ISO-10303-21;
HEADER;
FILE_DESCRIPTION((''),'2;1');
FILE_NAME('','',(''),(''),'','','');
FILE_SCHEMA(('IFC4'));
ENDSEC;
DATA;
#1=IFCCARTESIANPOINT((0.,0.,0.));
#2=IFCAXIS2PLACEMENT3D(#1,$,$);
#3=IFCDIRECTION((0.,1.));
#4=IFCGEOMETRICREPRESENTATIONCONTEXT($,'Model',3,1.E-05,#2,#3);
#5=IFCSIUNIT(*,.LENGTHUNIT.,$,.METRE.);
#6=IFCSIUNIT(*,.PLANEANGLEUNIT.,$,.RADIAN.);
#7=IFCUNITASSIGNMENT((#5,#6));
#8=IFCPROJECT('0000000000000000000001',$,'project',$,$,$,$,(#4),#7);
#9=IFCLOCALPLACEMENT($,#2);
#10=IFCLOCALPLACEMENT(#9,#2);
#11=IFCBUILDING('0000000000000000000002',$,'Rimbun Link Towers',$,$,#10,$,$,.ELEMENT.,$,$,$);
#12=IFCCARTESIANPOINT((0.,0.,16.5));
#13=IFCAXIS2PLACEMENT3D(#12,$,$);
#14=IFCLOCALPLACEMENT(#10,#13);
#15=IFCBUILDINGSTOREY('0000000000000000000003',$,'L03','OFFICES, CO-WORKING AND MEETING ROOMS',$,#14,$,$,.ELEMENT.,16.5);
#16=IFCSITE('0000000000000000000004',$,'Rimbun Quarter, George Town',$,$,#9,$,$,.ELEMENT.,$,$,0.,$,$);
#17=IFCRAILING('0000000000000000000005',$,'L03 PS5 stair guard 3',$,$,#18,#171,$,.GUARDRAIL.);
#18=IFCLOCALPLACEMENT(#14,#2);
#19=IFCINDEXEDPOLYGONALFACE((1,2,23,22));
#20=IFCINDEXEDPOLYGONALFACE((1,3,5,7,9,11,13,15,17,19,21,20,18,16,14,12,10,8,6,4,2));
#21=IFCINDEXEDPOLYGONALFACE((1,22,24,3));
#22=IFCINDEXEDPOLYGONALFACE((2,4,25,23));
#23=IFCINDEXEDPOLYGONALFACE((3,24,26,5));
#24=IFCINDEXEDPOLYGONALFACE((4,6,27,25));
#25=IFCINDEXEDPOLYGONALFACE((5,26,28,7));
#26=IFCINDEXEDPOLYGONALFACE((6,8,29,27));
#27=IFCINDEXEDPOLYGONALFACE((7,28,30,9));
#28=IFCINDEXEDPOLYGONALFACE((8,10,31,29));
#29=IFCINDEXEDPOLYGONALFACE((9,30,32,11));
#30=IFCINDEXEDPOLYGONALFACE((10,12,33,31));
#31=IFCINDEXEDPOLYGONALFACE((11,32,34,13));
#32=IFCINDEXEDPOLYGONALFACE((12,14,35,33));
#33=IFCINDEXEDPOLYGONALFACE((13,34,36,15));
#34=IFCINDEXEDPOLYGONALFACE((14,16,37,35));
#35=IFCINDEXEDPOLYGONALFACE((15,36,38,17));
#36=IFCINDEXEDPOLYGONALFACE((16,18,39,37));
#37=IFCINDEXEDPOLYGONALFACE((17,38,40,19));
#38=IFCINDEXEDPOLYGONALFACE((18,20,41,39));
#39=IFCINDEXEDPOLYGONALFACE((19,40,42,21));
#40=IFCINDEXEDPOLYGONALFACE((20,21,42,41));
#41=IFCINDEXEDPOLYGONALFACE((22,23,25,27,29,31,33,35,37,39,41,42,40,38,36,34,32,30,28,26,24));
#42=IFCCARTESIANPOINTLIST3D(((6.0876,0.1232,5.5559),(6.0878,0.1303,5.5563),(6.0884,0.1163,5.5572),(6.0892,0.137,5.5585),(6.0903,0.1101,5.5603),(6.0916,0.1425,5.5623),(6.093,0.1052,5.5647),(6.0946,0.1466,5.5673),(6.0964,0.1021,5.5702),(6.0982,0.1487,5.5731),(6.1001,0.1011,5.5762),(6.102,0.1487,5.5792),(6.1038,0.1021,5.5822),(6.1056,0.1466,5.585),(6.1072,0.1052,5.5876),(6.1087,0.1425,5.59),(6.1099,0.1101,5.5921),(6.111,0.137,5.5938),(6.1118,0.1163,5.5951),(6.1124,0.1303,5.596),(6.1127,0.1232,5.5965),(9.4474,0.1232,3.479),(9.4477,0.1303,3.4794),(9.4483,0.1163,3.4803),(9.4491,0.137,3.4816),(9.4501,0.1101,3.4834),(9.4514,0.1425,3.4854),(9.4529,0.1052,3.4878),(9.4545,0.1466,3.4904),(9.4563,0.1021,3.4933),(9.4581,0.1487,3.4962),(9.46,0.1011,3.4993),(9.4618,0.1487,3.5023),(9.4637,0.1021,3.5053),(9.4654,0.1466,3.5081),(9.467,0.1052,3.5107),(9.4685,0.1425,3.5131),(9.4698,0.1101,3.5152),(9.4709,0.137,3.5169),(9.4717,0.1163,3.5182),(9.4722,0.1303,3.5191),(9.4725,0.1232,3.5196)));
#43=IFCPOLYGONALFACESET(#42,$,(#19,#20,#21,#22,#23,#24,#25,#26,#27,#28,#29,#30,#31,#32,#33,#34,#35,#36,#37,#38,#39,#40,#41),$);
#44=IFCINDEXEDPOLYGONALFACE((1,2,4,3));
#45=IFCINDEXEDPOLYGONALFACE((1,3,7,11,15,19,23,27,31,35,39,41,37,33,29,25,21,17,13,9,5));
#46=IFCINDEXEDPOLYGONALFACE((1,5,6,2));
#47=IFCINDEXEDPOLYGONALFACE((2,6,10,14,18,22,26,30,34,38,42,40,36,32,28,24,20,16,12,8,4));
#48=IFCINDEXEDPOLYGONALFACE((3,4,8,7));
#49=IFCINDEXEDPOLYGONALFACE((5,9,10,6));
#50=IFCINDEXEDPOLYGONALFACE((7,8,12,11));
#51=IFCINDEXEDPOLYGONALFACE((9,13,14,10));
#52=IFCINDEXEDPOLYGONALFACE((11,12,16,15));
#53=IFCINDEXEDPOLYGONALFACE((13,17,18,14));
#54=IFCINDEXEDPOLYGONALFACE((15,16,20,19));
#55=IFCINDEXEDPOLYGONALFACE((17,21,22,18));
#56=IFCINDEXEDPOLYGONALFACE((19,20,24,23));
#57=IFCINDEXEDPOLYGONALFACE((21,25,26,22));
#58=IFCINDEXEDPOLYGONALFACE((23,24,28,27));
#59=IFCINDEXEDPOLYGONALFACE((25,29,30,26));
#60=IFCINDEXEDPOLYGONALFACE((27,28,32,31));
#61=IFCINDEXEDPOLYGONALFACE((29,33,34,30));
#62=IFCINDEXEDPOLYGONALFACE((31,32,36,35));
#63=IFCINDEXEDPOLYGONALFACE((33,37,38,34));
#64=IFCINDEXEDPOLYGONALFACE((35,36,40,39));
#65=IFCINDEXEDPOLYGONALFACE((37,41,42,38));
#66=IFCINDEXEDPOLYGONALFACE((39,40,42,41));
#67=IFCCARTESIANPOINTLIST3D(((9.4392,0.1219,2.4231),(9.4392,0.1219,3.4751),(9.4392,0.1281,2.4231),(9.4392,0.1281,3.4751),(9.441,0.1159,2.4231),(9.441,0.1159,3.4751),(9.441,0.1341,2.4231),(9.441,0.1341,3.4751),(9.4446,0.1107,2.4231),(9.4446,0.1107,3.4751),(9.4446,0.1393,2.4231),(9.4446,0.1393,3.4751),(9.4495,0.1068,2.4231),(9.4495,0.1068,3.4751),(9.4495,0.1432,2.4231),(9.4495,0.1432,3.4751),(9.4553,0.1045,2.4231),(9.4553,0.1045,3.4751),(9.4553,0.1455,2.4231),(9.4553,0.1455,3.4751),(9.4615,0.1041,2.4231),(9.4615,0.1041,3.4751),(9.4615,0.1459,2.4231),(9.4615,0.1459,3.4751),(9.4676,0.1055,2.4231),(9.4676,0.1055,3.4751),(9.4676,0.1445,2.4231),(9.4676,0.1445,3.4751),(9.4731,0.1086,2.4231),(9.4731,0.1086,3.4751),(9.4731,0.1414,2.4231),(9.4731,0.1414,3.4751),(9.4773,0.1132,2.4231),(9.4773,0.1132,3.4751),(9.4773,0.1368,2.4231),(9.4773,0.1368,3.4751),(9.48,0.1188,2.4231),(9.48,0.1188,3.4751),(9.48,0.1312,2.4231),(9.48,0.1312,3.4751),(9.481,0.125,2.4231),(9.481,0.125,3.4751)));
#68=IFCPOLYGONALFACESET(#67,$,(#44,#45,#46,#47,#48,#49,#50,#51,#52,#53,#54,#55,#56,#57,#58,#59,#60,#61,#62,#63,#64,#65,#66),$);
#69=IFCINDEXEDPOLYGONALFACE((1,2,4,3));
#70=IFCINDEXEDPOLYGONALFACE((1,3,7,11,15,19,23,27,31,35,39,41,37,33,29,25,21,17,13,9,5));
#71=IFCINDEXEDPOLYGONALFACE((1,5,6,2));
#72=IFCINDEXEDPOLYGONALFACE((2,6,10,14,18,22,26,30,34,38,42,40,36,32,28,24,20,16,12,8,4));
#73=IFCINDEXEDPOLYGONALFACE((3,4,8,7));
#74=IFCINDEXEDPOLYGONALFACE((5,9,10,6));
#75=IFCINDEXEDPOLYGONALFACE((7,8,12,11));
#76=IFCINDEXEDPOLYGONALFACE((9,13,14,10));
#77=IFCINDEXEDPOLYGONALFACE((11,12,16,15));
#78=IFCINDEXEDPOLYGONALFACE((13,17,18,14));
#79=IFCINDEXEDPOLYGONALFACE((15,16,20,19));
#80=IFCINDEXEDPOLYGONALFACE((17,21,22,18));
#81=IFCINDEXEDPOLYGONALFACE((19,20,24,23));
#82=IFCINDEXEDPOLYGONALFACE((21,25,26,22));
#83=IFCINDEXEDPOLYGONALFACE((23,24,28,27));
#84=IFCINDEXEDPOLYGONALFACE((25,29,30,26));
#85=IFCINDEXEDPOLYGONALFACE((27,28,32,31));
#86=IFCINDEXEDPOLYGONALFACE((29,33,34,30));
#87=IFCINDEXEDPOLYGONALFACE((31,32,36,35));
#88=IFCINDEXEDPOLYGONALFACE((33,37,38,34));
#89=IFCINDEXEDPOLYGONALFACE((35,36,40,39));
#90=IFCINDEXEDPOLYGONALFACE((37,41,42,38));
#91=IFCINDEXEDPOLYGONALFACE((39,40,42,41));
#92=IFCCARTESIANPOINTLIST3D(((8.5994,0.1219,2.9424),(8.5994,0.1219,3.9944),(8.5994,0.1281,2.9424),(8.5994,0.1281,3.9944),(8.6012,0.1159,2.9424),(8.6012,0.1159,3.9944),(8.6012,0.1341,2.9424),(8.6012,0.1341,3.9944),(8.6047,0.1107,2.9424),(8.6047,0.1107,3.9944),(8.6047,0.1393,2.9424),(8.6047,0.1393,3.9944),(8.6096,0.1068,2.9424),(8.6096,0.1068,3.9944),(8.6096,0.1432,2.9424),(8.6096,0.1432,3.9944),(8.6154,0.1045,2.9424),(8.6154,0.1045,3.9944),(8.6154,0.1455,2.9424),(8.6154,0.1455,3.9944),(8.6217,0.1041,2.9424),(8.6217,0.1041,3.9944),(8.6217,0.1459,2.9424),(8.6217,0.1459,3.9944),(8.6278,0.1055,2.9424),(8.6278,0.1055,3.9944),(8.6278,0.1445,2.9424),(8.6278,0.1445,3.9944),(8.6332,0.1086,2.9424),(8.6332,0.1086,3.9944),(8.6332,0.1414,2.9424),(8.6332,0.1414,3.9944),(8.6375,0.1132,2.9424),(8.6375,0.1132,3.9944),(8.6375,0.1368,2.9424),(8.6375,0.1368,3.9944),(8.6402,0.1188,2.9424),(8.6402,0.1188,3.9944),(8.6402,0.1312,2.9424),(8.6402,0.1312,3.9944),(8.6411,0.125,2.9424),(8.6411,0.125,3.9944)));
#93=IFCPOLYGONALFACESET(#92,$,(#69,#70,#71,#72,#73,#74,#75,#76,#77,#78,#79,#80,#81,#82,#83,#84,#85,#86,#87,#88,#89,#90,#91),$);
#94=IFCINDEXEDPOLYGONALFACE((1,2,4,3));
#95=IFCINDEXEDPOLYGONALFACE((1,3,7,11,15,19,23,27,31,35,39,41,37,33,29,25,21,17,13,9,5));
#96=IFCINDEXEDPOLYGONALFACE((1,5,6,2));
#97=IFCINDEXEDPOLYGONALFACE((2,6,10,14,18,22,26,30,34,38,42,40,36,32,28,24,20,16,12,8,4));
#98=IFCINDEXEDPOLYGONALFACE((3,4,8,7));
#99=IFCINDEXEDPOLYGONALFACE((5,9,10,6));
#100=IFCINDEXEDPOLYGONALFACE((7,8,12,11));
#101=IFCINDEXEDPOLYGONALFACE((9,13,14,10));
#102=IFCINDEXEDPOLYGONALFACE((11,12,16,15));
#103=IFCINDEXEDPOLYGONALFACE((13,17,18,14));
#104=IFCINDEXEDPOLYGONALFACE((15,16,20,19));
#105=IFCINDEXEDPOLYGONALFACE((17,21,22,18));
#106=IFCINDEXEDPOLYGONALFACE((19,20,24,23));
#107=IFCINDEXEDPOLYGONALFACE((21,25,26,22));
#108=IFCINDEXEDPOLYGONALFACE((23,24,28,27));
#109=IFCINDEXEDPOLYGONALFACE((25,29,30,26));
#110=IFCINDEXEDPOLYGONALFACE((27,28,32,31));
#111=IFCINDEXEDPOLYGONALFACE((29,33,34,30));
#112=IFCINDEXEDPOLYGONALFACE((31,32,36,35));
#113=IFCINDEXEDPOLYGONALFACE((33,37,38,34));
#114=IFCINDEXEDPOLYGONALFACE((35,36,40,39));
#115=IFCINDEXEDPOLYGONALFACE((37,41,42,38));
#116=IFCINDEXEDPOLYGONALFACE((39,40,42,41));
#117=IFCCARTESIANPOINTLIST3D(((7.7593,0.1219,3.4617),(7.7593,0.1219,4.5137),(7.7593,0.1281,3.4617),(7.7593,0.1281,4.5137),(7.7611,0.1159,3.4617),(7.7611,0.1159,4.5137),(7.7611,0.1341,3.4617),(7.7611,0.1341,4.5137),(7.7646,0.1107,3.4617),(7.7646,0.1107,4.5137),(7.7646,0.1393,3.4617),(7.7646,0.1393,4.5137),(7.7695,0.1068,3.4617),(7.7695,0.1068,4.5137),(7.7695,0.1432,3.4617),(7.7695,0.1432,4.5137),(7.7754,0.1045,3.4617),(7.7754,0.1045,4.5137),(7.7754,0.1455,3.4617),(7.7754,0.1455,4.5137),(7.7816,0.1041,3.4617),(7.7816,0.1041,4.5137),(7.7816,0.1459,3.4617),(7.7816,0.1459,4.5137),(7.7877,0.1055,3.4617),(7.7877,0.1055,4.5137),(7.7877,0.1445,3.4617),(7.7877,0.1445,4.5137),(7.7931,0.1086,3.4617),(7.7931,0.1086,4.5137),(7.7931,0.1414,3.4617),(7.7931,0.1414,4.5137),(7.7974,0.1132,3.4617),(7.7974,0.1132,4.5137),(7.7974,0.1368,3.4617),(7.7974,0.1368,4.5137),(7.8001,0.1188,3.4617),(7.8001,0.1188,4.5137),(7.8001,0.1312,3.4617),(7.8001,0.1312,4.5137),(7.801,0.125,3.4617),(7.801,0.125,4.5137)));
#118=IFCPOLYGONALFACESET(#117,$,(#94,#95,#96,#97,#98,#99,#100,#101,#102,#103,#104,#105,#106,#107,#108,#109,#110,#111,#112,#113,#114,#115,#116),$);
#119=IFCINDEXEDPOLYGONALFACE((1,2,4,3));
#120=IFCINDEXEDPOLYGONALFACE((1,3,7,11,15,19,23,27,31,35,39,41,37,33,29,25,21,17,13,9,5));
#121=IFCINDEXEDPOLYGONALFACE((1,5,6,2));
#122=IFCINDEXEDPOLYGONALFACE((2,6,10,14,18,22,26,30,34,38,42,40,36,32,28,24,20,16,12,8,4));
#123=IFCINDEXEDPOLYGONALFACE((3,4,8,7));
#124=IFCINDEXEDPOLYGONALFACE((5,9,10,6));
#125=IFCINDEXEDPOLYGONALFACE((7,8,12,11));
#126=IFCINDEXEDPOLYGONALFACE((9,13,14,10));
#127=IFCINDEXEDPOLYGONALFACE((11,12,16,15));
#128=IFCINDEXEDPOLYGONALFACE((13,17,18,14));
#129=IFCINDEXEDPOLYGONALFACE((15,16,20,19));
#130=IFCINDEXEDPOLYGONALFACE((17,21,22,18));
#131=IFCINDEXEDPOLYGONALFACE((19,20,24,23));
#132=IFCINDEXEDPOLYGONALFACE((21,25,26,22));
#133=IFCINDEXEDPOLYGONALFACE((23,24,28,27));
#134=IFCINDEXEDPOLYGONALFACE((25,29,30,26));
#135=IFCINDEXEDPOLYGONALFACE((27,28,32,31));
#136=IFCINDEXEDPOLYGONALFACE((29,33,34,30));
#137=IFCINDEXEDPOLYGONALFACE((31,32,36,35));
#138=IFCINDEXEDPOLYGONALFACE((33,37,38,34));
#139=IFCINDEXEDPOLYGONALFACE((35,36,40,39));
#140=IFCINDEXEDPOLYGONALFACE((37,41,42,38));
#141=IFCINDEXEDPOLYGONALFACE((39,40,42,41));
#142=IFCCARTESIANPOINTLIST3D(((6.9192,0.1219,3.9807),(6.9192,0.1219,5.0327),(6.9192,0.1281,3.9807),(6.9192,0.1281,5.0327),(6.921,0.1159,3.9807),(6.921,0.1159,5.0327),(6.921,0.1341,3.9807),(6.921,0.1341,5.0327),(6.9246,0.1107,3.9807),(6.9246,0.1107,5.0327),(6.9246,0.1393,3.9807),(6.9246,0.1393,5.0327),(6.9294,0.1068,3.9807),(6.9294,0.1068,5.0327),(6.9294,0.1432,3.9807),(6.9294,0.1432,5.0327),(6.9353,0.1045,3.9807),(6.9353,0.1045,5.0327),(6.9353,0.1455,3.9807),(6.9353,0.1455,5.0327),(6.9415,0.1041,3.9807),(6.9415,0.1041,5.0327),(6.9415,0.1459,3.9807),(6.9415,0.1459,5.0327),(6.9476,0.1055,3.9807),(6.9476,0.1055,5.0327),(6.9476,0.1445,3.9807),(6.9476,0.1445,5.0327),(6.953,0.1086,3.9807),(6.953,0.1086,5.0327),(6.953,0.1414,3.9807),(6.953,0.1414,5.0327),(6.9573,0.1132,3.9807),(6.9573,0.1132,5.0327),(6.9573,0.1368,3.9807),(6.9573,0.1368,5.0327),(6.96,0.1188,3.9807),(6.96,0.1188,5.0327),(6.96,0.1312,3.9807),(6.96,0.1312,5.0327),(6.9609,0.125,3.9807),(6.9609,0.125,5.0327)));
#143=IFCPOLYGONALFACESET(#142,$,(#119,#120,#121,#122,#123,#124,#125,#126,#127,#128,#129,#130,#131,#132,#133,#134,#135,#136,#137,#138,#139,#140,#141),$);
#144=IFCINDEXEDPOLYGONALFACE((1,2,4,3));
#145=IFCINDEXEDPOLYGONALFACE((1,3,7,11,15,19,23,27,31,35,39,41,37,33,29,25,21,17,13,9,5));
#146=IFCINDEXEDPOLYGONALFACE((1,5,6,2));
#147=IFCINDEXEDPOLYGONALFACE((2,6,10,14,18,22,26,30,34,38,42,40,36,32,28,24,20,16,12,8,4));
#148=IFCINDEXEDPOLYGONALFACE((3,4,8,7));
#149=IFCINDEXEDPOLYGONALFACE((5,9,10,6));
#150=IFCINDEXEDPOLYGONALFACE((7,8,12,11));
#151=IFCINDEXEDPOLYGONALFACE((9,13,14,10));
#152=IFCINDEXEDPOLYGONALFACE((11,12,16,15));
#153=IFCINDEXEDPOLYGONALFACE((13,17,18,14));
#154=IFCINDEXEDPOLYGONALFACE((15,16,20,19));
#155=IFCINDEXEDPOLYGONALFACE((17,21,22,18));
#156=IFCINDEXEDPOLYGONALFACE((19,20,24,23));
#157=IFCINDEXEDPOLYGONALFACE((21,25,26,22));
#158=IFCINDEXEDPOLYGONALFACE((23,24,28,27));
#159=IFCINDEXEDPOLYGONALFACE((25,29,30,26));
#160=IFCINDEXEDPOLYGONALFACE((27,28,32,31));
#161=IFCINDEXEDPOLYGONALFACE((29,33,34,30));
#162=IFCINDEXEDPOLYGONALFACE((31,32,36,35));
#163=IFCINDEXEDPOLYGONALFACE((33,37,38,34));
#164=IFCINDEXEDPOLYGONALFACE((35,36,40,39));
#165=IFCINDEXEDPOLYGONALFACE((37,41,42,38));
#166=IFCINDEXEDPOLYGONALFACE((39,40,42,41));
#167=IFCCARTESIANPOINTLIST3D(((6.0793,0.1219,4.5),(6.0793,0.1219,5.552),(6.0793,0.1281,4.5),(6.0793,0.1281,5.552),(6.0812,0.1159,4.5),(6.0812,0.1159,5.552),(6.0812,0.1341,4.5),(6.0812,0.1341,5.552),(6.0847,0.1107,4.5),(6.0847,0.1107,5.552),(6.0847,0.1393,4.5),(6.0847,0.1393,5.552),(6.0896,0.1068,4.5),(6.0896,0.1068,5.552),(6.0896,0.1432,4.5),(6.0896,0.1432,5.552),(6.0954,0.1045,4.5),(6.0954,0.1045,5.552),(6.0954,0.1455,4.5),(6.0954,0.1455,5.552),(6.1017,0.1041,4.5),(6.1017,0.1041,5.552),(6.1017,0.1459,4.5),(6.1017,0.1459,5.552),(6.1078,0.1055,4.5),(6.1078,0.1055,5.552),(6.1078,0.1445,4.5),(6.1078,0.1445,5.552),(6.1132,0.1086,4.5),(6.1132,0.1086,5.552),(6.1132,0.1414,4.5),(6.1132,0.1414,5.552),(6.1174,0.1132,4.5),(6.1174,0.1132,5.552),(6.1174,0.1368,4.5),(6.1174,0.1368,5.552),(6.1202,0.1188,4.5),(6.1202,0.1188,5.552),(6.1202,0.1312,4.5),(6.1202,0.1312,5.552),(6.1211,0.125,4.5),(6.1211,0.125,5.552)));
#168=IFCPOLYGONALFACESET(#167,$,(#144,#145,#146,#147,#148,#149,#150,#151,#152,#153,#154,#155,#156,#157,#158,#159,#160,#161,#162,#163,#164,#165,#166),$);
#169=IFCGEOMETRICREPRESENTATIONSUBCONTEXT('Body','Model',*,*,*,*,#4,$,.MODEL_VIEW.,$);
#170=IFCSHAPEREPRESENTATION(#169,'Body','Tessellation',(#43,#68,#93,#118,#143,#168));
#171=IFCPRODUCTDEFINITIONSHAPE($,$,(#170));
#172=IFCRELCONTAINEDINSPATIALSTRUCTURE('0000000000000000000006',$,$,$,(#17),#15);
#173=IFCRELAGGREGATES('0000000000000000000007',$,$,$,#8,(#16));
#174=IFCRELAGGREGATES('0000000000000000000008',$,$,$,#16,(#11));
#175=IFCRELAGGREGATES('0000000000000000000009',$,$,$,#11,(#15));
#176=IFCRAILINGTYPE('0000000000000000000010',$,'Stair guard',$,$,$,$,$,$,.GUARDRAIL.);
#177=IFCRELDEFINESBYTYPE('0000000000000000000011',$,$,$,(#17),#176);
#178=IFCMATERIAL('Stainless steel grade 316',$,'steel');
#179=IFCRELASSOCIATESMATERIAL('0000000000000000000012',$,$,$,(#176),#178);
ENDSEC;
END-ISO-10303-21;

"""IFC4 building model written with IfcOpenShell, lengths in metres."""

from ifc_helpers import new_model, si_unit, direction, frame, origin, origin_2d, place, context, subcontext, project, spatial, circle, extrude, material, type_object, element, save


model = new_model("IFC4")

# Units and contexts
model_context = context("Model", 3, precision=1e-05, world=origin(), true_north=direction((0.0, 1.0)))
body_context = subcontext(model_context, "Body", "Model", "MODEL_VIEW")
ifc_project = project(units=[si_unit("LENGTHUNIT", "METRE"), si_unit("PLANEANGLEUNIT", "RADIAN")], contexts=[model_context])

# Site, building, storey
site_placement = place(None, origin())
site = spatial("IfcSite", under=ifc_project, at=site_placement, Name="Rimbun Quarter, George Town", CompositionType="ELEMENT", RefElevation=0.0)
building_placement = place(site_placement, origin())
building = spatial("IfcBuilding", under=site, at=building_placement, Name="Rimbun Link Towers", CompositionType="ELEMENT")
storey_placement = place(building_placement, frame((0.0, 0.0, 16.5)))
storey = spatial("IfcBuildingStorey", under=building, at=storey_placement, Name="L03", Description="OFFICES, CO-WORKING AND MEETING ROOMS", CompositionType="ELEMENT", Elevation=16.5)

# Railing
ifc_material_1 = material(Name="Stainless steel grade 316", Category="steel")
railing_type_1 = type_object("IfcRailingType", Name="Stair guard", PredefinedType="GUARDRAIL", material=ifc_material_1)
for number, where, name in (
    (1, (9.46, 0.125, 2.4231), "L03 PS5 stair guard 3"),
):
    element("IfcRailing", number, at=place(storey_placement, frame(where)), inside=storey, type_object=railing_type_1, Name=name, PredefinedType="GUARDRAIL", context=body_context, shape_type="SweptSolid", body=[
        extrude(circle(Radius=0.0239, at=origin_2d()), frame((0.0, 0.0, 1.0762), z_axis=(-0.850606, 0.0, 0.525803), x_axis=(0.0, -1.0, 0.0)), (0.0, 0.0, 1.0), 3.95),
        extrude(circle(Radius=0.021, at=origin_2d()), origin(), (0.0, 0.0, 1.0), 1.052),
        extrude(circle(Radius=0.021, at=origin_2d()), frame((-0.8398, 0.0, 0.5193)), (0.0, 0.0, 1.0), 1.052),
        extrude(circle(Radius=0.021, at=origin_2d()), frame((-1.6799, 0.0, 1.0386)), (0.0, 0.0, 1.0), 1.052),
        extrude(circle(Radius=0.021, at=origin_2d()), frame((-2.52, 0.0, 1.5576)), (0.0, 0.0, 1.0), 1.052),
        extrude(circle(Radius=0.021, at=origin_2d()), frame((-3.3599, 0.0, 2.0769)), (0.0, 0.0, 1.0), 1.052),
    ])

save(model, "model.ifc")
